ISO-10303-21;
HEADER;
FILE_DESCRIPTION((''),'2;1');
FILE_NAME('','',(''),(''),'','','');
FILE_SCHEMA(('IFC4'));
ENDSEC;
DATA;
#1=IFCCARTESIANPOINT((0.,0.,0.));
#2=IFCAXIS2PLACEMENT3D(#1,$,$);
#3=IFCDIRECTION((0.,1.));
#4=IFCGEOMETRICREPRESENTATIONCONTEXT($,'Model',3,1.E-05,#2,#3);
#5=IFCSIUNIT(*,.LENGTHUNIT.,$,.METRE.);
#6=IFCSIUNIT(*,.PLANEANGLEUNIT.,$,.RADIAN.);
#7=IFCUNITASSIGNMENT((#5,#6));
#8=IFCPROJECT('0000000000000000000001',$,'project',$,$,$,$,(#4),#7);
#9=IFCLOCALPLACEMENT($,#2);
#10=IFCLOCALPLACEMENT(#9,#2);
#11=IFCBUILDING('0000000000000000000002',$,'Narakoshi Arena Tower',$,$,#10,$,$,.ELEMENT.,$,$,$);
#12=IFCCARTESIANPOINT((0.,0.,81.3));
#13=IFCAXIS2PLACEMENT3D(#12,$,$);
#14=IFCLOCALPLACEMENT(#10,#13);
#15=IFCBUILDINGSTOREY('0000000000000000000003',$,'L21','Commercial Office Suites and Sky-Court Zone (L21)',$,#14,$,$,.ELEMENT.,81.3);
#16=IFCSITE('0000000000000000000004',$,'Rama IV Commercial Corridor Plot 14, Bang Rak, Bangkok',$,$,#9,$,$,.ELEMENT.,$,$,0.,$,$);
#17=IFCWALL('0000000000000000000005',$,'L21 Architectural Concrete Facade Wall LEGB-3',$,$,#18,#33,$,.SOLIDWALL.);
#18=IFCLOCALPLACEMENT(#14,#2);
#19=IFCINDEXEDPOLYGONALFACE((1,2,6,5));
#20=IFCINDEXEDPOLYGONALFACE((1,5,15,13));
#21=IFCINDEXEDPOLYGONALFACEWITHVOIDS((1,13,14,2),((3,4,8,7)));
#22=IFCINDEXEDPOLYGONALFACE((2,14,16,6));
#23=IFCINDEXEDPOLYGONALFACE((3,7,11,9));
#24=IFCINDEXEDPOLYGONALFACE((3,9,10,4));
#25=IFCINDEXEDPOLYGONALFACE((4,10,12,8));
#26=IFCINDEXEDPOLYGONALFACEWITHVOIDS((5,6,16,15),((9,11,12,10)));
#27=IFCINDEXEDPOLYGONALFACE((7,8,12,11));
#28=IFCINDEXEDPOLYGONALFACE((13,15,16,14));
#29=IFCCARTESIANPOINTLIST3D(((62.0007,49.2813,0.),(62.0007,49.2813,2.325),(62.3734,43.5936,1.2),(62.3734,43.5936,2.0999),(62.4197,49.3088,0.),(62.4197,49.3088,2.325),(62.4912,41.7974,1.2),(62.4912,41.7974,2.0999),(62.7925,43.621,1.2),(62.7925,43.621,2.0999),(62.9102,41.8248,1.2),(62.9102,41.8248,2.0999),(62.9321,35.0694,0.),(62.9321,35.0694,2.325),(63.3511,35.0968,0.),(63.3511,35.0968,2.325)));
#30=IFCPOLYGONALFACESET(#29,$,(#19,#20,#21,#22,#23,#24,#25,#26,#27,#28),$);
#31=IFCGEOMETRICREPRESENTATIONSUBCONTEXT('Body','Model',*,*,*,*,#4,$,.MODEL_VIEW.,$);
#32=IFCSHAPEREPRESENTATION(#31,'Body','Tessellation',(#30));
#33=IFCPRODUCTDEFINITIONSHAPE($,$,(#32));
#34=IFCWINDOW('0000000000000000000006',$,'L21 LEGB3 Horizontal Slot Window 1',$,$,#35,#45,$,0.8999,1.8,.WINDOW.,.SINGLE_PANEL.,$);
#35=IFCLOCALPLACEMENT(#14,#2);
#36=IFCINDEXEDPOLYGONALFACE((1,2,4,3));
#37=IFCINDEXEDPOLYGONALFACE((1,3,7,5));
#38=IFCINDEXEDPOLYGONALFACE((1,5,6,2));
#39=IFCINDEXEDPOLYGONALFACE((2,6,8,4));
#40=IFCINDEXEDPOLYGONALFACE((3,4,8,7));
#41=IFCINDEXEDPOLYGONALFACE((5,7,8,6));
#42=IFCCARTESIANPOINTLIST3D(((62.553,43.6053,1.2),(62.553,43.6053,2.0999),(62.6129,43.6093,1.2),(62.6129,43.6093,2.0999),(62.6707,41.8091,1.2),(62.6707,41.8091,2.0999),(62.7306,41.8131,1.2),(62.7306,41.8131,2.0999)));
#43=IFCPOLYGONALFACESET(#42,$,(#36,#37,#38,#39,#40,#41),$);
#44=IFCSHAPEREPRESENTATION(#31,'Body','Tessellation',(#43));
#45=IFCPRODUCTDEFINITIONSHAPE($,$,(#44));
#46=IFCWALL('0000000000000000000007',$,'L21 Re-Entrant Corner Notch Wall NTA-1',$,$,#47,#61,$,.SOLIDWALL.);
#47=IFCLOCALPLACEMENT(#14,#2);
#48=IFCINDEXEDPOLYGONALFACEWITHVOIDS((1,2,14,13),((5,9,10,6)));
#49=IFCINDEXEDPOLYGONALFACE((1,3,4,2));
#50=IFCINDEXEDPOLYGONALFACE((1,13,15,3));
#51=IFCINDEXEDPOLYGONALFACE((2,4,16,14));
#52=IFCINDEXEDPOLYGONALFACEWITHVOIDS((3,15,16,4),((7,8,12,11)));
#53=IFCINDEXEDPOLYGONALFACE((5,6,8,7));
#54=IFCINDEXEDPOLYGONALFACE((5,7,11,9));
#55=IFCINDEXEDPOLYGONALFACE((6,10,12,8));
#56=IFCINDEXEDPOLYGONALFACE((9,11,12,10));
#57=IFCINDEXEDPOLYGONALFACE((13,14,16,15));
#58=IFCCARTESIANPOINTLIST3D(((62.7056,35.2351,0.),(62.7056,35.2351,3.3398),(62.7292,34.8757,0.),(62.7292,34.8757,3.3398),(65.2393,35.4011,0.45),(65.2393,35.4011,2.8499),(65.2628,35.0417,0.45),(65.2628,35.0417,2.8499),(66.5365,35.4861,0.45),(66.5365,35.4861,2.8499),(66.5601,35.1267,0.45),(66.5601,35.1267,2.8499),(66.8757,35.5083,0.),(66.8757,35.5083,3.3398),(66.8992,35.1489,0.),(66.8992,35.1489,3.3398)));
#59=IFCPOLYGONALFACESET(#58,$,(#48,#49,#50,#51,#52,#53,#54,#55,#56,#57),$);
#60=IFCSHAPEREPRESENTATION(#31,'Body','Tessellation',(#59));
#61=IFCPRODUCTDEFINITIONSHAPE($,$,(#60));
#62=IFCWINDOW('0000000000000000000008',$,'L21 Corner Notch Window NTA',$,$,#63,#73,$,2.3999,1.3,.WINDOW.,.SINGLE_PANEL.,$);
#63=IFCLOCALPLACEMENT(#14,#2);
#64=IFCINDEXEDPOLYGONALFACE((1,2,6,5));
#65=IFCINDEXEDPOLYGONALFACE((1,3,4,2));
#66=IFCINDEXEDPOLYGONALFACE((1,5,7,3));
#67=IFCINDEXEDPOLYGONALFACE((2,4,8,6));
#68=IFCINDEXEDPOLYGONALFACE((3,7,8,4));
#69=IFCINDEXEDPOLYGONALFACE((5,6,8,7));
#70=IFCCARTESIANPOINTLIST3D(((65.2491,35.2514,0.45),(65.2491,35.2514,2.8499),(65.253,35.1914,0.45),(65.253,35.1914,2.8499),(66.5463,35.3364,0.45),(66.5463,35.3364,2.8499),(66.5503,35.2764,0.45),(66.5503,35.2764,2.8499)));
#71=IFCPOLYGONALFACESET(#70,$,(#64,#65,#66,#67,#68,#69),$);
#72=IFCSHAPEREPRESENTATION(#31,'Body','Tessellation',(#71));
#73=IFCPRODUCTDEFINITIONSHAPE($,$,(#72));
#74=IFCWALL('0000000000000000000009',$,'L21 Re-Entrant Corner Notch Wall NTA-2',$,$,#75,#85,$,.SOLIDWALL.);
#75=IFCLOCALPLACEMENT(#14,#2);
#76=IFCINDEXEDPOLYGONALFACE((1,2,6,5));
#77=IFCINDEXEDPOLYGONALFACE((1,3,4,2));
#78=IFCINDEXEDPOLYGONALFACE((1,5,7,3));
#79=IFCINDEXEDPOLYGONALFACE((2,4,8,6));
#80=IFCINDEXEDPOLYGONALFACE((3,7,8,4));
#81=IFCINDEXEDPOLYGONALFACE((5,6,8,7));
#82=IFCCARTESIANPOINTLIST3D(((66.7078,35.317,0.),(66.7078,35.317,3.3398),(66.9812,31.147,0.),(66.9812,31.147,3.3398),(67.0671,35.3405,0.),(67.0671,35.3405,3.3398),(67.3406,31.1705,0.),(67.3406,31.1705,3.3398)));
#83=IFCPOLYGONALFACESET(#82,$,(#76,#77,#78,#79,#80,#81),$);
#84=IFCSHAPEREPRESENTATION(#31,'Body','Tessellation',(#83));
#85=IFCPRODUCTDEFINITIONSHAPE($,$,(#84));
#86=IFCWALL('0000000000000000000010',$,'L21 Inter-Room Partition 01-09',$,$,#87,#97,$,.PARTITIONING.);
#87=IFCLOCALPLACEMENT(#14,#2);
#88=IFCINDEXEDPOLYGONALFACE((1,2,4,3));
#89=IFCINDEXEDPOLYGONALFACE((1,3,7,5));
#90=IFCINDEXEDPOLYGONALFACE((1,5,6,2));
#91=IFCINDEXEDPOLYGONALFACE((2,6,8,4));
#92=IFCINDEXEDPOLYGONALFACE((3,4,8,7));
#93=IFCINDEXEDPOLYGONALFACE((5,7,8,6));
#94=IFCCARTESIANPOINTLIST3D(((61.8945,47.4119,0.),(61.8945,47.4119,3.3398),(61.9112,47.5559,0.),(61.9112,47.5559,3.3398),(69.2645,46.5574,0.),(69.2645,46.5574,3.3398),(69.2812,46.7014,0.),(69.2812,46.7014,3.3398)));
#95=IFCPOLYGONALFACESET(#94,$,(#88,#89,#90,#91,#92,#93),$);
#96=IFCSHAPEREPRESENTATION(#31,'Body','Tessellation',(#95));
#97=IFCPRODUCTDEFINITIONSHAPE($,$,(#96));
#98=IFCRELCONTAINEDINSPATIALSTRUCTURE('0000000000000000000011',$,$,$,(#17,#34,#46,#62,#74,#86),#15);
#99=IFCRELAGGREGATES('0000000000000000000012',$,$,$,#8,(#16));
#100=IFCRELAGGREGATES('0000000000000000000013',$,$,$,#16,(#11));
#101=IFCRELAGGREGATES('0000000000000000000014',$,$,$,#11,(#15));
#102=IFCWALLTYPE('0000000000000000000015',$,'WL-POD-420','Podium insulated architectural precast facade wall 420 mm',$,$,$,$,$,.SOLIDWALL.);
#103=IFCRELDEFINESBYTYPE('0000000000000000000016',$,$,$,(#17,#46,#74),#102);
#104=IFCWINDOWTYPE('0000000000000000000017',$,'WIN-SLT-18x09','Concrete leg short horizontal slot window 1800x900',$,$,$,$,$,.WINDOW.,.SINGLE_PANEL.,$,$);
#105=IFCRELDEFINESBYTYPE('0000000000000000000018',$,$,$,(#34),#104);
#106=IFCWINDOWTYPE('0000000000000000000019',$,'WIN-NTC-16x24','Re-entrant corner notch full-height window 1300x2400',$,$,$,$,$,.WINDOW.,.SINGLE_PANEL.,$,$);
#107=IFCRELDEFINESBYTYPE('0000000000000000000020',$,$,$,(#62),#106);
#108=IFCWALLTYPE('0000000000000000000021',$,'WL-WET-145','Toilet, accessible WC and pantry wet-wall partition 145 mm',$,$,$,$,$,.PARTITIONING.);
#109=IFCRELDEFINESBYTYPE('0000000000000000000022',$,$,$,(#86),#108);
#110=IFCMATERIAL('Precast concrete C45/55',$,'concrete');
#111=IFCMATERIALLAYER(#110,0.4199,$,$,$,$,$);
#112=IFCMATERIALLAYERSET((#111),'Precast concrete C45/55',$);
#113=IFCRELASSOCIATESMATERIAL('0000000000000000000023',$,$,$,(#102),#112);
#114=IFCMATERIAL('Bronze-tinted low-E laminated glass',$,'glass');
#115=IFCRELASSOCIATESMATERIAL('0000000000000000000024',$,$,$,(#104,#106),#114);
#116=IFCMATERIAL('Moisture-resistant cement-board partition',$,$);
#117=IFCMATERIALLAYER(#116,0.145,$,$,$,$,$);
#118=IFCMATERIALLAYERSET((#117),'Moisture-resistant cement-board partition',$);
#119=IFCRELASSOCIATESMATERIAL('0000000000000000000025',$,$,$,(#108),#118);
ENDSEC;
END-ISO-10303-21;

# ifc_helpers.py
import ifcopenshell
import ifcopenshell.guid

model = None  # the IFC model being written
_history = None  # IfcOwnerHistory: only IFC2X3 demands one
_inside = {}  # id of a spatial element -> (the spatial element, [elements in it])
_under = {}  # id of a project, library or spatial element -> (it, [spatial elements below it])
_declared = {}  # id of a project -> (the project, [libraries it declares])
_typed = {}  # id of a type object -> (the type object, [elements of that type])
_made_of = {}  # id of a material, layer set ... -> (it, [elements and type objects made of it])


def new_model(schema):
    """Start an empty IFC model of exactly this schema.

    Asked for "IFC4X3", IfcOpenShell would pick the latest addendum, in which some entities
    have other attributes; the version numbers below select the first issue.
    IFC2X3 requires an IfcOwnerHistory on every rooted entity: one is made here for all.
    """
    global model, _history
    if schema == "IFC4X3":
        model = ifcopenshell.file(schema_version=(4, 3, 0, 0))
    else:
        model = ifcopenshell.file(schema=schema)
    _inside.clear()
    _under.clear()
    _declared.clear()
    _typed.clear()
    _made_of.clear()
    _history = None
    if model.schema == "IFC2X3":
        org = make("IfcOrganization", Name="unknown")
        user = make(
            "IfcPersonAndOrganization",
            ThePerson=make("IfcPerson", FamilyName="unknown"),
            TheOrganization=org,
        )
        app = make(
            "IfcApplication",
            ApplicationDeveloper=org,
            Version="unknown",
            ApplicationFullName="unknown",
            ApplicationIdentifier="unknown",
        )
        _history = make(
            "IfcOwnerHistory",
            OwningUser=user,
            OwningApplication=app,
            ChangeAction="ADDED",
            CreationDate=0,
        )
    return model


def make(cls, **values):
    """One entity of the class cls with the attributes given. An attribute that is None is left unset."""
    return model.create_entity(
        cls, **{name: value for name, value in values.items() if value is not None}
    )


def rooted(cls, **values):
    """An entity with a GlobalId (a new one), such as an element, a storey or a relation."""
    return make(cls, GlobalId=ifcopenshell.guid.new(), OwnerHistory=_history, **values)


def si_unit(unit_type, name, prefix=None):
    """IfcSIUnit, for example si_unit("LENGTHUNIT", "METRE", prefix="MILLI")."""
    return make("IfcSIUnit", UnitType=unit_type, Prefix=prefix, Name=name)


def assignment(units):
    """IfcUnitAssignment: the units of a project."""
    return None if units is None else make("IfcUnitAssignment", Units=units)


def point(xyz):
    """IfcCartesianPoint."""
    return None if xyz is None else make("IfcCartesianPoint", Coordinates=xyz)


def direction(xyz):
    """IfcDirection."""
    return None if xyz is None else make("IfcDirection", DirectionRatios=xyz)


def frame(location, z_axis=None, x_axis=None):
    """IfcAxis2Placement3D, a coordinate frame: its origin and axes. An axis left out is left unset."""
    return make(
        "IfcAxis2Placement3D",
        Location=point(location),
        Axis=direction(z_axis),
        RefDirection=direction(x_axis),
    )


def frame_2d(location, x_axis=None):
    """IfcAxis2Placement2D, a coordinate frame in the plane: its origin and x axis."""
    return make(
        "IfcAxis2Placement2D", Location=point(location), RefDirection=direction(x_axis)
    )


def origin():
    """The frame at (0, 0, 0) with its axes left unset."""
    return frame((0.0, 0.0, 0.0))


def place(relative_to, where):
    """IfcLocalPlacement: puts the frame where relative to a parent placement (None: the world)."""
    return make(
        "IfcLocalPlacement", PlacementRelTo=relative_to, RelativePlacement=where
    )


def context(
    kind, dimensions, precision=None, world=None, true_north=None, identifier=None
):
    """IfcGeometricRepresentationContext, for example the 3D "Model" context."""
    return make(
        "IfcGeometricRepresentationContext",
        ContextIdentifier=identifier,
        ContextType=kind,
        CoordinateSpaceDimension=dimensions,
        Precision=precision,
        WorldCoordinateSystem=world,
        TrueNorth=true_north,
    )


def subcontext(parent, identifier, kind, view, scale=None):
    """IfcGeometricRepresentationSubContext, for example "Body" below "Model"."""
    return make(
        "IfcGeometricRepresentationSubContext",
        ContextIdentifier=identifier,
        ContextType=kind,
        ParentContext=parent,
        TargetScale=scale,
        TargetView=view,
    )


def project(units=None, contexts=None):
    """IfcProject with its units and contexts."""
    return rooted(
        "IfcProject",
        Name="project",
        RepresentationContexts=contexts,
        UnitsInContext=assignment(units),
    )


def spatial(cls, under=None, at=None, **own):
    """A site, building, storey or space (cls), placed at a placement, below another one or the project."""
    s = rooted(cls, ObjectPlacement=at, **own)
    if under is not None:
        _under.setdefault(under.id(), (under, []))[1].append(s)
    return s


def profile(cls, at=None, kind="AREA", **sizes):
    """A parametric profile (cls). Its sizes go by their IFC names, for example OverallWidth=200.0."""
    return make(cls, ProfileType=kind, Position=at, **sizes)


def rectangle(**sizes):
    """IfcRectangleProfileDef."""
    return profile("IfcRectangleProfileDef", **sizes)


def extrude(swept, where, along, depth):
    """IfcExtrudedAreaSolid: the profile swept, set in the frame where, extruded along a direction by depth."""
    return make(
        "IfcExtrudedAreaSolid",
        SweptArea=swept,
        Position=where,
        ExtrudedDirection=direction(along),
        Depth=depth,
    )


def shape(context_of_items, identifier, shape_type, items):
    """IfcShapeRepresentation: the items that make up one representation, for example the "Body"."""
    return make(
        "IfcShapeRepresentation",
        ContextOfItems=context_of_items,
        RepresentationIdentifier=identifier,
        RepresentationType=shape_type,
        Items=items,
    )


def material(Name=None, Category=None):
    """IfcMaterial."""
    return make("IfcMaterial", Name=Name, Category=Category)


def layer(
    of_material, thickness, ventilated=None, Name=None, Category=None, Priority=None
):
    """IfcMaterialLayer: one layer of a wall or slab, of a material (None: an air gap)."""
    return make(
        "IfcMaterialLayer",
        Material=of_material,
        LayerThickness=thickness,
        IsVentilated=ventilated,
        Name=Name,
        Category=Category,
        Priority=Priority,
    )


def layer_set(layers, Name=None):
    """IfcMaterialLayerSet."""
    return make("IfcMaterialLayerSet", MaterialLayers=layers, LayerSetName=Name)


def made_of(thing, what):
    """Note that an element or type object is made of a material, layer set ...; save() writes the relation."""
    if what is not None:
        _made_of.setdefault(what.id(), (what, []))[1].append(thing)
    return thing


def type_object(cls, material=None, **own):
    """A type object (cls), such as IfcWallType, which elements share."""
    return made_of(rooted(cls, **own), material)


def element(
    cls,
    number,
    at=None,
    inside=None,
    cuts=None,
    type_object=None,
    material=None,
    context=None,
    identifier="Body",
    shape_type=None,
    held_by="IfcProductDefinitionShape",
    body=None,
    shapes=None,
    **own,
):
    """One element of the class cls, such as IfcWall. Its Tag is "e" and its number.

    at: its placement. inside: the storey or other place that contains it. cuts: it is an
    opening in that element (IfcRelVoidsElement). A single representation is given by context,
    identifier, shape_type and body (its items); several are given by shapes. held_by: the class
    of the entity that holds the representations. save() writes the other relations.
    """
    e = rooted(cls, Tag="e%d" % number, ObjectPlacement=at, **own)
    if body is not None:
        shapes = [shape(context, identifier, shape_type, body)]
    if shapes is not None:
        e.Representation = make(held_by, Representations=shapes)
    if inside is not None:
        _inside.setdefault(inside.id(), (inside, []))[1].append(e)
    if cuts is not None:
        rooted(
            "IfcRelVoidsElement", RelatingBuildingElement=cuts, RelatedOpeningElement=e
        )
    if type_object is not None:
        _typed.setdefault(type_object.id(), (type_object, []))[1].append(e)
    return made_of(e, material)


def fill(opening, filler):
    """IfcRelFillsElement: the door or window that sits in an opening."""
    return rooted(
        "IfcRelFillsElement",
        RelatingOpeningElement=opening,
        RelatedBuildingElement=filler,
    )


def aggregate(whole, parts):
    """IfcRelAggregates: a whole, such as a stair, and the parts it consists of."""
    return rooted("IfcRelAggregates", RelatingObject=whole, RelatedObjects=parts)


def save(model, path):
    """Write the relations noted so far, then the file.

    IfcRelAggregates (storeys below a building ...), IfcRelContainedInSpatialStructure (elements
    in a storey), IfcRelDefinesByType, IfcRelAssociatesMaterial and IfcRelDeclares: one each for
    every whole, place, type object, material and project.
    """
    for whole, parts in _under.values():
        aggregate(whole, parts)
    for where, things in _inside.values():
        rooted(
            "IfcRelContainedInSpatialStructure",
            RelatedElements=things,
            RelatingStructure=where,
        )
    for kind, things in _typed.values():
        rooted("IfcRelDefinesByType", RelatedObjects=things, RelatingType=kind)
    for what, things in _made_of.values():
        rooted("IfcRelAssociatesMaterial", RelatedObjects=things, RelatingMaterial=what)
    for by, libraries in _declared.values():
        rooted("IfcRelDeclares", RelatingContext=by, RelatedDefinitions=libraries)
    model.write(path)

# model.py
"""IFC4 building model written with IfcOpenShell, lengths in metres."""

from ifc_helpers import new_model, si_unit, direction, frame, frame_2d, origin, place, context, subcontext, project, spatial, rectangle, extrude, material, layer, layer_set, type_object, element, fill, save


model = new_model("IFC4")

# Units and contexts
model_context = context("Model", 3, precision=1e-05, world=origin(), true_north=direction((0.0, 1.0)))
body_context = subcontext(model_context, "Body", "Model", "MODEL_VIEW")
ifc_project = project(units=[si_unit("LENGTHUNIT", "METRE"), si_unit("PLANEANGLEUNIT", "RADIAN")], contexts=[model_context])

# Site, building, storey
site_placement = place(None, origin())
site = spatial("IfcSite", under=ifc_project, at=site_placement, Name="Rama IV Commercial Corridor Plot 14, Bang Rak, Bangkok", CompositionType="ELEMENT", RefElevation=0.0)
building_placement = place(site_placement, origin())
building = spatial("IfcBuilding", under=site, at=building_placement, Name="Narakoshi Arena Tower", CompositionType="ELEMENT")
storey_placement = place(building_placement, frame((0.0, 0.0, 81.3)))
storey = spatial("IfcBuildingStorey", under=building, at=storey_placement, Name="L21", Description="Commercial Office Suites and Sky-Court Zone (L21)", CompositionType="ELEMENT", Elevation=81.3)

# Walls, openings, windows
ifc_material_1 = material(Name="Precast concrete C45/55", Category="concrete")
ifc_layer_1 = layer(ifc_material_1, 0.4199)
ifc_layer_set_1 = layer_set([ifc_layer_1], Name="Precast concrete C45/55")
wall_type_1 = type_object("IfcWallType", Name="WL-POD-420", Description="Podium insulated architectural precast facade wall 420 mm", PredefinedType="SOLIDWALL", material=ifc_layer_set_1)
ifc_material_2 = material(Name="Bronze-tinted low-E laminated glass", Category="glass")
wall_1_placement = place(storey_placement, frame((62.2102, 49.2949, 0.0), z_axis=(0.0, 0.0, 1.0), x_axis=(0.065396, -0.997859, 0.0)))
wall_1 = element("IfcWall", 1, at=wall_1_placement, inside=storey, type_object=wall_type_1, Name="L21 Architectural Concrete Facade Wall LEGB-3", PredefinedType="SOLIDWALL", context=body_context, shape_type="SweptSolid", body=[
    extrude(rectangle(XDim=14.2424, YDim=0.4199, at=frame_2d((7.1211, 0.0))), origin(), (0.0, 0.0, 1.0), 2.325),
])
opening_1_placement = place(wall_1_placement, frame((5.7, 0.0, 1.2)))
opening_1 = element("IfcOpeningElement", 2, at=opening_1_placement, cuts=wall_1, PredefinedType="OPENING", context=body_context, shape_type="SweptSolid", body=[
    extrude(rectangle(XDim=1.8, YDim=0.8999, at=frame_2d((0.8999, 0.45))), frame((0.0, 0.22, 0.0), z_axis=(0.0, -1.0, 0.0), x_axis=(1.0, 0.0, 0.0)), (0.0, 0.0, 1.0), 0.4399),
])
window_type_1 = type_object("IfcWindowType", Name="WIN-SLT-18x09", Description="Concrete leg short horizontal slot window 1800x900", PartitioningType="SINGLE_PANEL", PredefinedType="WINDOW", material=ifc_material_2)
window_1_placement = place(opening_1_placement, origin())
window_1 = element("IfcWindow", 3, at=window_1_placement, inside=storey, type_object=window_type_1, Name="L21 LEGB3 Horizontal Slot Window 1", OverallHeight=0.8999, OverallWidth=1.8, PartitioningType="SINGLE_PANEL", PredefinedType="WINDOW", context=body_context, shape_type="SweptSolid", body=[
    extrude(rectangle(XDim=1.8, YDim=0.8999, at=frame_2d((0.8999, 0.45))), frame((0.0, 0.03, 0.0), z_axis=(0.0, -1.0, 0.0), x_axis=(1.0, 0.0, 0.0)), (0.0, 0.0, 1.0), 0.0601),
])
fill(opening_1, window_1)
wall_2_placement = place(storey_placement, frame((62.7175, 35.0554, 0.0), z_axis=(0.0, 0.0, 1.0), x_axis=(0.997861, 0.065375, 0.0)))
wall_2 = element("IfcWall", 4, at=wall_2_placement, inside=storey, type_object=wall_type_1, Name="L21 Re-Entrant Corner Notch Wall NTA-1", PredefinedType="SOLIDWALL", context=body_context, shape_type="SweptSolid", body=[
    extrude(rectangle(XDim=4.179, YDim=0.3601, at=frame_2d((2.0894, 0.0))), origin(), (0.0, 0.0, 1.0), 3.3398),
])
opening_2_placement = place(wall_2_placement, frame((2.5391, 0.0, 0.45)))
opening_2 = element("IfcOpeningElement", 5, at=opening_2_placement, cuts=wall_2, PredefinedType="OPENING", context=body_context, shape_type="SweptSolid", body=[
    extrude(rectangle(XDim=1.3, YDim=2.3999, at=frame_2d((0.6499, 1.2))), frame((0.0, 0.1899, 0.0), z_axis=(0.0, -1.0, 0.0), x_axis=(1.0, 0.0, 0.0)), (0.0, 0.0, 1.0), 0.3801),
])
window_type_2 = type_object("IfcWindowType", Name="WIN-NTC-16x24", Description="Re-entrant corner notch full-height window 1300x2400", PartitioningType="SINGLE_PANEL", PredefinedType="WINDOW", material=ifc_material_2)
window_2_placement = place(opening_2_placement, origin())
window_2 = element("IfcWindow", 6, at=window_2_placement, inside=storey, type_object=window_type_2, Name="L21 Corner Notch Window NTA", OverallHeight=2.3999, OverallWidth=1.3, PartitioningType="SINGLE_PANEL", PredefinedType="WINDOW", context=body_context, shape_type="SweptSolid", body=[
    extrude(rectangle(XDim=1.3, YDim=2.3999, at=frame_2d((0.6499, 1.2))), frame((0.0, 0.03, 0.0), z_axis=(0.0, -1.0, 0.0), x_axis=(1.0, 0.0, 0.0)), (0.0, 0.0, 1.0), 0.0601),
])
fill(opening_2, window_2)

# Walls
wall_3_placement = place(storey_placement, frame((66.8875, 35.3286, 0.0), z_axis=(0.0, 0.0, 1.0), x_axis=(0.065433, -0.997857, 0.0)))
element("IfcWall", 7, at=wall_3_placement, inside=storey, type_object=wall_type_1, Name="L21 Re-Entrant Corner Notch Wall NTA-2", PredefinedType="SOLIDWALL", context=body_context, shape_type="SweptSolid", body=[
    extrude(rectangle(XDim=4.179, YDim=0.3601, at=frame_2d((2.0894, 0.0))), origin(), (0.0, 0.0, 1.0), 3.3398),
])
ifc_material_3 = material(Name="Moisture-resistant cement-board partition")
ifc_layer_2 = layer(ifc_material_3, 0.145)
ifc_layer_set_2 = layer_set([ifc_layer_2], Name="Moisture-resistant cement-board partition")
wall_type_2 = type_object("IfcWallType", Name="WL-WET-145", Description="Toilet, accessible WC and pantry wet-wall partition 145 mm", PredefinedType="PARTITIONING", material=ifc_layer_set_2)
wall_4_placement = place(storey_placement, frame((61.9028, 47.4839, 0.0), z_axis=(0.0, 0.0, 1.0), x_axis=(0.993346, -0.115169, 0.0)))
element("IfcWall", 8, at=wall_4_placement, inside=storey, type_object=wall_type_2, Name="L21 Inter-Room Partition 01-09", PredefinedType="PARTITIONING", context=body_context, shape_type="SweptSolid", body=[
    extrude(rectangle(XDim=7.4194, YDim=0.145, at=frame_2d((3.7097, 0.0))), origin(), (0.0, 0.0, 1.0), 3.3398),
])

save(model, "model.ifc")
